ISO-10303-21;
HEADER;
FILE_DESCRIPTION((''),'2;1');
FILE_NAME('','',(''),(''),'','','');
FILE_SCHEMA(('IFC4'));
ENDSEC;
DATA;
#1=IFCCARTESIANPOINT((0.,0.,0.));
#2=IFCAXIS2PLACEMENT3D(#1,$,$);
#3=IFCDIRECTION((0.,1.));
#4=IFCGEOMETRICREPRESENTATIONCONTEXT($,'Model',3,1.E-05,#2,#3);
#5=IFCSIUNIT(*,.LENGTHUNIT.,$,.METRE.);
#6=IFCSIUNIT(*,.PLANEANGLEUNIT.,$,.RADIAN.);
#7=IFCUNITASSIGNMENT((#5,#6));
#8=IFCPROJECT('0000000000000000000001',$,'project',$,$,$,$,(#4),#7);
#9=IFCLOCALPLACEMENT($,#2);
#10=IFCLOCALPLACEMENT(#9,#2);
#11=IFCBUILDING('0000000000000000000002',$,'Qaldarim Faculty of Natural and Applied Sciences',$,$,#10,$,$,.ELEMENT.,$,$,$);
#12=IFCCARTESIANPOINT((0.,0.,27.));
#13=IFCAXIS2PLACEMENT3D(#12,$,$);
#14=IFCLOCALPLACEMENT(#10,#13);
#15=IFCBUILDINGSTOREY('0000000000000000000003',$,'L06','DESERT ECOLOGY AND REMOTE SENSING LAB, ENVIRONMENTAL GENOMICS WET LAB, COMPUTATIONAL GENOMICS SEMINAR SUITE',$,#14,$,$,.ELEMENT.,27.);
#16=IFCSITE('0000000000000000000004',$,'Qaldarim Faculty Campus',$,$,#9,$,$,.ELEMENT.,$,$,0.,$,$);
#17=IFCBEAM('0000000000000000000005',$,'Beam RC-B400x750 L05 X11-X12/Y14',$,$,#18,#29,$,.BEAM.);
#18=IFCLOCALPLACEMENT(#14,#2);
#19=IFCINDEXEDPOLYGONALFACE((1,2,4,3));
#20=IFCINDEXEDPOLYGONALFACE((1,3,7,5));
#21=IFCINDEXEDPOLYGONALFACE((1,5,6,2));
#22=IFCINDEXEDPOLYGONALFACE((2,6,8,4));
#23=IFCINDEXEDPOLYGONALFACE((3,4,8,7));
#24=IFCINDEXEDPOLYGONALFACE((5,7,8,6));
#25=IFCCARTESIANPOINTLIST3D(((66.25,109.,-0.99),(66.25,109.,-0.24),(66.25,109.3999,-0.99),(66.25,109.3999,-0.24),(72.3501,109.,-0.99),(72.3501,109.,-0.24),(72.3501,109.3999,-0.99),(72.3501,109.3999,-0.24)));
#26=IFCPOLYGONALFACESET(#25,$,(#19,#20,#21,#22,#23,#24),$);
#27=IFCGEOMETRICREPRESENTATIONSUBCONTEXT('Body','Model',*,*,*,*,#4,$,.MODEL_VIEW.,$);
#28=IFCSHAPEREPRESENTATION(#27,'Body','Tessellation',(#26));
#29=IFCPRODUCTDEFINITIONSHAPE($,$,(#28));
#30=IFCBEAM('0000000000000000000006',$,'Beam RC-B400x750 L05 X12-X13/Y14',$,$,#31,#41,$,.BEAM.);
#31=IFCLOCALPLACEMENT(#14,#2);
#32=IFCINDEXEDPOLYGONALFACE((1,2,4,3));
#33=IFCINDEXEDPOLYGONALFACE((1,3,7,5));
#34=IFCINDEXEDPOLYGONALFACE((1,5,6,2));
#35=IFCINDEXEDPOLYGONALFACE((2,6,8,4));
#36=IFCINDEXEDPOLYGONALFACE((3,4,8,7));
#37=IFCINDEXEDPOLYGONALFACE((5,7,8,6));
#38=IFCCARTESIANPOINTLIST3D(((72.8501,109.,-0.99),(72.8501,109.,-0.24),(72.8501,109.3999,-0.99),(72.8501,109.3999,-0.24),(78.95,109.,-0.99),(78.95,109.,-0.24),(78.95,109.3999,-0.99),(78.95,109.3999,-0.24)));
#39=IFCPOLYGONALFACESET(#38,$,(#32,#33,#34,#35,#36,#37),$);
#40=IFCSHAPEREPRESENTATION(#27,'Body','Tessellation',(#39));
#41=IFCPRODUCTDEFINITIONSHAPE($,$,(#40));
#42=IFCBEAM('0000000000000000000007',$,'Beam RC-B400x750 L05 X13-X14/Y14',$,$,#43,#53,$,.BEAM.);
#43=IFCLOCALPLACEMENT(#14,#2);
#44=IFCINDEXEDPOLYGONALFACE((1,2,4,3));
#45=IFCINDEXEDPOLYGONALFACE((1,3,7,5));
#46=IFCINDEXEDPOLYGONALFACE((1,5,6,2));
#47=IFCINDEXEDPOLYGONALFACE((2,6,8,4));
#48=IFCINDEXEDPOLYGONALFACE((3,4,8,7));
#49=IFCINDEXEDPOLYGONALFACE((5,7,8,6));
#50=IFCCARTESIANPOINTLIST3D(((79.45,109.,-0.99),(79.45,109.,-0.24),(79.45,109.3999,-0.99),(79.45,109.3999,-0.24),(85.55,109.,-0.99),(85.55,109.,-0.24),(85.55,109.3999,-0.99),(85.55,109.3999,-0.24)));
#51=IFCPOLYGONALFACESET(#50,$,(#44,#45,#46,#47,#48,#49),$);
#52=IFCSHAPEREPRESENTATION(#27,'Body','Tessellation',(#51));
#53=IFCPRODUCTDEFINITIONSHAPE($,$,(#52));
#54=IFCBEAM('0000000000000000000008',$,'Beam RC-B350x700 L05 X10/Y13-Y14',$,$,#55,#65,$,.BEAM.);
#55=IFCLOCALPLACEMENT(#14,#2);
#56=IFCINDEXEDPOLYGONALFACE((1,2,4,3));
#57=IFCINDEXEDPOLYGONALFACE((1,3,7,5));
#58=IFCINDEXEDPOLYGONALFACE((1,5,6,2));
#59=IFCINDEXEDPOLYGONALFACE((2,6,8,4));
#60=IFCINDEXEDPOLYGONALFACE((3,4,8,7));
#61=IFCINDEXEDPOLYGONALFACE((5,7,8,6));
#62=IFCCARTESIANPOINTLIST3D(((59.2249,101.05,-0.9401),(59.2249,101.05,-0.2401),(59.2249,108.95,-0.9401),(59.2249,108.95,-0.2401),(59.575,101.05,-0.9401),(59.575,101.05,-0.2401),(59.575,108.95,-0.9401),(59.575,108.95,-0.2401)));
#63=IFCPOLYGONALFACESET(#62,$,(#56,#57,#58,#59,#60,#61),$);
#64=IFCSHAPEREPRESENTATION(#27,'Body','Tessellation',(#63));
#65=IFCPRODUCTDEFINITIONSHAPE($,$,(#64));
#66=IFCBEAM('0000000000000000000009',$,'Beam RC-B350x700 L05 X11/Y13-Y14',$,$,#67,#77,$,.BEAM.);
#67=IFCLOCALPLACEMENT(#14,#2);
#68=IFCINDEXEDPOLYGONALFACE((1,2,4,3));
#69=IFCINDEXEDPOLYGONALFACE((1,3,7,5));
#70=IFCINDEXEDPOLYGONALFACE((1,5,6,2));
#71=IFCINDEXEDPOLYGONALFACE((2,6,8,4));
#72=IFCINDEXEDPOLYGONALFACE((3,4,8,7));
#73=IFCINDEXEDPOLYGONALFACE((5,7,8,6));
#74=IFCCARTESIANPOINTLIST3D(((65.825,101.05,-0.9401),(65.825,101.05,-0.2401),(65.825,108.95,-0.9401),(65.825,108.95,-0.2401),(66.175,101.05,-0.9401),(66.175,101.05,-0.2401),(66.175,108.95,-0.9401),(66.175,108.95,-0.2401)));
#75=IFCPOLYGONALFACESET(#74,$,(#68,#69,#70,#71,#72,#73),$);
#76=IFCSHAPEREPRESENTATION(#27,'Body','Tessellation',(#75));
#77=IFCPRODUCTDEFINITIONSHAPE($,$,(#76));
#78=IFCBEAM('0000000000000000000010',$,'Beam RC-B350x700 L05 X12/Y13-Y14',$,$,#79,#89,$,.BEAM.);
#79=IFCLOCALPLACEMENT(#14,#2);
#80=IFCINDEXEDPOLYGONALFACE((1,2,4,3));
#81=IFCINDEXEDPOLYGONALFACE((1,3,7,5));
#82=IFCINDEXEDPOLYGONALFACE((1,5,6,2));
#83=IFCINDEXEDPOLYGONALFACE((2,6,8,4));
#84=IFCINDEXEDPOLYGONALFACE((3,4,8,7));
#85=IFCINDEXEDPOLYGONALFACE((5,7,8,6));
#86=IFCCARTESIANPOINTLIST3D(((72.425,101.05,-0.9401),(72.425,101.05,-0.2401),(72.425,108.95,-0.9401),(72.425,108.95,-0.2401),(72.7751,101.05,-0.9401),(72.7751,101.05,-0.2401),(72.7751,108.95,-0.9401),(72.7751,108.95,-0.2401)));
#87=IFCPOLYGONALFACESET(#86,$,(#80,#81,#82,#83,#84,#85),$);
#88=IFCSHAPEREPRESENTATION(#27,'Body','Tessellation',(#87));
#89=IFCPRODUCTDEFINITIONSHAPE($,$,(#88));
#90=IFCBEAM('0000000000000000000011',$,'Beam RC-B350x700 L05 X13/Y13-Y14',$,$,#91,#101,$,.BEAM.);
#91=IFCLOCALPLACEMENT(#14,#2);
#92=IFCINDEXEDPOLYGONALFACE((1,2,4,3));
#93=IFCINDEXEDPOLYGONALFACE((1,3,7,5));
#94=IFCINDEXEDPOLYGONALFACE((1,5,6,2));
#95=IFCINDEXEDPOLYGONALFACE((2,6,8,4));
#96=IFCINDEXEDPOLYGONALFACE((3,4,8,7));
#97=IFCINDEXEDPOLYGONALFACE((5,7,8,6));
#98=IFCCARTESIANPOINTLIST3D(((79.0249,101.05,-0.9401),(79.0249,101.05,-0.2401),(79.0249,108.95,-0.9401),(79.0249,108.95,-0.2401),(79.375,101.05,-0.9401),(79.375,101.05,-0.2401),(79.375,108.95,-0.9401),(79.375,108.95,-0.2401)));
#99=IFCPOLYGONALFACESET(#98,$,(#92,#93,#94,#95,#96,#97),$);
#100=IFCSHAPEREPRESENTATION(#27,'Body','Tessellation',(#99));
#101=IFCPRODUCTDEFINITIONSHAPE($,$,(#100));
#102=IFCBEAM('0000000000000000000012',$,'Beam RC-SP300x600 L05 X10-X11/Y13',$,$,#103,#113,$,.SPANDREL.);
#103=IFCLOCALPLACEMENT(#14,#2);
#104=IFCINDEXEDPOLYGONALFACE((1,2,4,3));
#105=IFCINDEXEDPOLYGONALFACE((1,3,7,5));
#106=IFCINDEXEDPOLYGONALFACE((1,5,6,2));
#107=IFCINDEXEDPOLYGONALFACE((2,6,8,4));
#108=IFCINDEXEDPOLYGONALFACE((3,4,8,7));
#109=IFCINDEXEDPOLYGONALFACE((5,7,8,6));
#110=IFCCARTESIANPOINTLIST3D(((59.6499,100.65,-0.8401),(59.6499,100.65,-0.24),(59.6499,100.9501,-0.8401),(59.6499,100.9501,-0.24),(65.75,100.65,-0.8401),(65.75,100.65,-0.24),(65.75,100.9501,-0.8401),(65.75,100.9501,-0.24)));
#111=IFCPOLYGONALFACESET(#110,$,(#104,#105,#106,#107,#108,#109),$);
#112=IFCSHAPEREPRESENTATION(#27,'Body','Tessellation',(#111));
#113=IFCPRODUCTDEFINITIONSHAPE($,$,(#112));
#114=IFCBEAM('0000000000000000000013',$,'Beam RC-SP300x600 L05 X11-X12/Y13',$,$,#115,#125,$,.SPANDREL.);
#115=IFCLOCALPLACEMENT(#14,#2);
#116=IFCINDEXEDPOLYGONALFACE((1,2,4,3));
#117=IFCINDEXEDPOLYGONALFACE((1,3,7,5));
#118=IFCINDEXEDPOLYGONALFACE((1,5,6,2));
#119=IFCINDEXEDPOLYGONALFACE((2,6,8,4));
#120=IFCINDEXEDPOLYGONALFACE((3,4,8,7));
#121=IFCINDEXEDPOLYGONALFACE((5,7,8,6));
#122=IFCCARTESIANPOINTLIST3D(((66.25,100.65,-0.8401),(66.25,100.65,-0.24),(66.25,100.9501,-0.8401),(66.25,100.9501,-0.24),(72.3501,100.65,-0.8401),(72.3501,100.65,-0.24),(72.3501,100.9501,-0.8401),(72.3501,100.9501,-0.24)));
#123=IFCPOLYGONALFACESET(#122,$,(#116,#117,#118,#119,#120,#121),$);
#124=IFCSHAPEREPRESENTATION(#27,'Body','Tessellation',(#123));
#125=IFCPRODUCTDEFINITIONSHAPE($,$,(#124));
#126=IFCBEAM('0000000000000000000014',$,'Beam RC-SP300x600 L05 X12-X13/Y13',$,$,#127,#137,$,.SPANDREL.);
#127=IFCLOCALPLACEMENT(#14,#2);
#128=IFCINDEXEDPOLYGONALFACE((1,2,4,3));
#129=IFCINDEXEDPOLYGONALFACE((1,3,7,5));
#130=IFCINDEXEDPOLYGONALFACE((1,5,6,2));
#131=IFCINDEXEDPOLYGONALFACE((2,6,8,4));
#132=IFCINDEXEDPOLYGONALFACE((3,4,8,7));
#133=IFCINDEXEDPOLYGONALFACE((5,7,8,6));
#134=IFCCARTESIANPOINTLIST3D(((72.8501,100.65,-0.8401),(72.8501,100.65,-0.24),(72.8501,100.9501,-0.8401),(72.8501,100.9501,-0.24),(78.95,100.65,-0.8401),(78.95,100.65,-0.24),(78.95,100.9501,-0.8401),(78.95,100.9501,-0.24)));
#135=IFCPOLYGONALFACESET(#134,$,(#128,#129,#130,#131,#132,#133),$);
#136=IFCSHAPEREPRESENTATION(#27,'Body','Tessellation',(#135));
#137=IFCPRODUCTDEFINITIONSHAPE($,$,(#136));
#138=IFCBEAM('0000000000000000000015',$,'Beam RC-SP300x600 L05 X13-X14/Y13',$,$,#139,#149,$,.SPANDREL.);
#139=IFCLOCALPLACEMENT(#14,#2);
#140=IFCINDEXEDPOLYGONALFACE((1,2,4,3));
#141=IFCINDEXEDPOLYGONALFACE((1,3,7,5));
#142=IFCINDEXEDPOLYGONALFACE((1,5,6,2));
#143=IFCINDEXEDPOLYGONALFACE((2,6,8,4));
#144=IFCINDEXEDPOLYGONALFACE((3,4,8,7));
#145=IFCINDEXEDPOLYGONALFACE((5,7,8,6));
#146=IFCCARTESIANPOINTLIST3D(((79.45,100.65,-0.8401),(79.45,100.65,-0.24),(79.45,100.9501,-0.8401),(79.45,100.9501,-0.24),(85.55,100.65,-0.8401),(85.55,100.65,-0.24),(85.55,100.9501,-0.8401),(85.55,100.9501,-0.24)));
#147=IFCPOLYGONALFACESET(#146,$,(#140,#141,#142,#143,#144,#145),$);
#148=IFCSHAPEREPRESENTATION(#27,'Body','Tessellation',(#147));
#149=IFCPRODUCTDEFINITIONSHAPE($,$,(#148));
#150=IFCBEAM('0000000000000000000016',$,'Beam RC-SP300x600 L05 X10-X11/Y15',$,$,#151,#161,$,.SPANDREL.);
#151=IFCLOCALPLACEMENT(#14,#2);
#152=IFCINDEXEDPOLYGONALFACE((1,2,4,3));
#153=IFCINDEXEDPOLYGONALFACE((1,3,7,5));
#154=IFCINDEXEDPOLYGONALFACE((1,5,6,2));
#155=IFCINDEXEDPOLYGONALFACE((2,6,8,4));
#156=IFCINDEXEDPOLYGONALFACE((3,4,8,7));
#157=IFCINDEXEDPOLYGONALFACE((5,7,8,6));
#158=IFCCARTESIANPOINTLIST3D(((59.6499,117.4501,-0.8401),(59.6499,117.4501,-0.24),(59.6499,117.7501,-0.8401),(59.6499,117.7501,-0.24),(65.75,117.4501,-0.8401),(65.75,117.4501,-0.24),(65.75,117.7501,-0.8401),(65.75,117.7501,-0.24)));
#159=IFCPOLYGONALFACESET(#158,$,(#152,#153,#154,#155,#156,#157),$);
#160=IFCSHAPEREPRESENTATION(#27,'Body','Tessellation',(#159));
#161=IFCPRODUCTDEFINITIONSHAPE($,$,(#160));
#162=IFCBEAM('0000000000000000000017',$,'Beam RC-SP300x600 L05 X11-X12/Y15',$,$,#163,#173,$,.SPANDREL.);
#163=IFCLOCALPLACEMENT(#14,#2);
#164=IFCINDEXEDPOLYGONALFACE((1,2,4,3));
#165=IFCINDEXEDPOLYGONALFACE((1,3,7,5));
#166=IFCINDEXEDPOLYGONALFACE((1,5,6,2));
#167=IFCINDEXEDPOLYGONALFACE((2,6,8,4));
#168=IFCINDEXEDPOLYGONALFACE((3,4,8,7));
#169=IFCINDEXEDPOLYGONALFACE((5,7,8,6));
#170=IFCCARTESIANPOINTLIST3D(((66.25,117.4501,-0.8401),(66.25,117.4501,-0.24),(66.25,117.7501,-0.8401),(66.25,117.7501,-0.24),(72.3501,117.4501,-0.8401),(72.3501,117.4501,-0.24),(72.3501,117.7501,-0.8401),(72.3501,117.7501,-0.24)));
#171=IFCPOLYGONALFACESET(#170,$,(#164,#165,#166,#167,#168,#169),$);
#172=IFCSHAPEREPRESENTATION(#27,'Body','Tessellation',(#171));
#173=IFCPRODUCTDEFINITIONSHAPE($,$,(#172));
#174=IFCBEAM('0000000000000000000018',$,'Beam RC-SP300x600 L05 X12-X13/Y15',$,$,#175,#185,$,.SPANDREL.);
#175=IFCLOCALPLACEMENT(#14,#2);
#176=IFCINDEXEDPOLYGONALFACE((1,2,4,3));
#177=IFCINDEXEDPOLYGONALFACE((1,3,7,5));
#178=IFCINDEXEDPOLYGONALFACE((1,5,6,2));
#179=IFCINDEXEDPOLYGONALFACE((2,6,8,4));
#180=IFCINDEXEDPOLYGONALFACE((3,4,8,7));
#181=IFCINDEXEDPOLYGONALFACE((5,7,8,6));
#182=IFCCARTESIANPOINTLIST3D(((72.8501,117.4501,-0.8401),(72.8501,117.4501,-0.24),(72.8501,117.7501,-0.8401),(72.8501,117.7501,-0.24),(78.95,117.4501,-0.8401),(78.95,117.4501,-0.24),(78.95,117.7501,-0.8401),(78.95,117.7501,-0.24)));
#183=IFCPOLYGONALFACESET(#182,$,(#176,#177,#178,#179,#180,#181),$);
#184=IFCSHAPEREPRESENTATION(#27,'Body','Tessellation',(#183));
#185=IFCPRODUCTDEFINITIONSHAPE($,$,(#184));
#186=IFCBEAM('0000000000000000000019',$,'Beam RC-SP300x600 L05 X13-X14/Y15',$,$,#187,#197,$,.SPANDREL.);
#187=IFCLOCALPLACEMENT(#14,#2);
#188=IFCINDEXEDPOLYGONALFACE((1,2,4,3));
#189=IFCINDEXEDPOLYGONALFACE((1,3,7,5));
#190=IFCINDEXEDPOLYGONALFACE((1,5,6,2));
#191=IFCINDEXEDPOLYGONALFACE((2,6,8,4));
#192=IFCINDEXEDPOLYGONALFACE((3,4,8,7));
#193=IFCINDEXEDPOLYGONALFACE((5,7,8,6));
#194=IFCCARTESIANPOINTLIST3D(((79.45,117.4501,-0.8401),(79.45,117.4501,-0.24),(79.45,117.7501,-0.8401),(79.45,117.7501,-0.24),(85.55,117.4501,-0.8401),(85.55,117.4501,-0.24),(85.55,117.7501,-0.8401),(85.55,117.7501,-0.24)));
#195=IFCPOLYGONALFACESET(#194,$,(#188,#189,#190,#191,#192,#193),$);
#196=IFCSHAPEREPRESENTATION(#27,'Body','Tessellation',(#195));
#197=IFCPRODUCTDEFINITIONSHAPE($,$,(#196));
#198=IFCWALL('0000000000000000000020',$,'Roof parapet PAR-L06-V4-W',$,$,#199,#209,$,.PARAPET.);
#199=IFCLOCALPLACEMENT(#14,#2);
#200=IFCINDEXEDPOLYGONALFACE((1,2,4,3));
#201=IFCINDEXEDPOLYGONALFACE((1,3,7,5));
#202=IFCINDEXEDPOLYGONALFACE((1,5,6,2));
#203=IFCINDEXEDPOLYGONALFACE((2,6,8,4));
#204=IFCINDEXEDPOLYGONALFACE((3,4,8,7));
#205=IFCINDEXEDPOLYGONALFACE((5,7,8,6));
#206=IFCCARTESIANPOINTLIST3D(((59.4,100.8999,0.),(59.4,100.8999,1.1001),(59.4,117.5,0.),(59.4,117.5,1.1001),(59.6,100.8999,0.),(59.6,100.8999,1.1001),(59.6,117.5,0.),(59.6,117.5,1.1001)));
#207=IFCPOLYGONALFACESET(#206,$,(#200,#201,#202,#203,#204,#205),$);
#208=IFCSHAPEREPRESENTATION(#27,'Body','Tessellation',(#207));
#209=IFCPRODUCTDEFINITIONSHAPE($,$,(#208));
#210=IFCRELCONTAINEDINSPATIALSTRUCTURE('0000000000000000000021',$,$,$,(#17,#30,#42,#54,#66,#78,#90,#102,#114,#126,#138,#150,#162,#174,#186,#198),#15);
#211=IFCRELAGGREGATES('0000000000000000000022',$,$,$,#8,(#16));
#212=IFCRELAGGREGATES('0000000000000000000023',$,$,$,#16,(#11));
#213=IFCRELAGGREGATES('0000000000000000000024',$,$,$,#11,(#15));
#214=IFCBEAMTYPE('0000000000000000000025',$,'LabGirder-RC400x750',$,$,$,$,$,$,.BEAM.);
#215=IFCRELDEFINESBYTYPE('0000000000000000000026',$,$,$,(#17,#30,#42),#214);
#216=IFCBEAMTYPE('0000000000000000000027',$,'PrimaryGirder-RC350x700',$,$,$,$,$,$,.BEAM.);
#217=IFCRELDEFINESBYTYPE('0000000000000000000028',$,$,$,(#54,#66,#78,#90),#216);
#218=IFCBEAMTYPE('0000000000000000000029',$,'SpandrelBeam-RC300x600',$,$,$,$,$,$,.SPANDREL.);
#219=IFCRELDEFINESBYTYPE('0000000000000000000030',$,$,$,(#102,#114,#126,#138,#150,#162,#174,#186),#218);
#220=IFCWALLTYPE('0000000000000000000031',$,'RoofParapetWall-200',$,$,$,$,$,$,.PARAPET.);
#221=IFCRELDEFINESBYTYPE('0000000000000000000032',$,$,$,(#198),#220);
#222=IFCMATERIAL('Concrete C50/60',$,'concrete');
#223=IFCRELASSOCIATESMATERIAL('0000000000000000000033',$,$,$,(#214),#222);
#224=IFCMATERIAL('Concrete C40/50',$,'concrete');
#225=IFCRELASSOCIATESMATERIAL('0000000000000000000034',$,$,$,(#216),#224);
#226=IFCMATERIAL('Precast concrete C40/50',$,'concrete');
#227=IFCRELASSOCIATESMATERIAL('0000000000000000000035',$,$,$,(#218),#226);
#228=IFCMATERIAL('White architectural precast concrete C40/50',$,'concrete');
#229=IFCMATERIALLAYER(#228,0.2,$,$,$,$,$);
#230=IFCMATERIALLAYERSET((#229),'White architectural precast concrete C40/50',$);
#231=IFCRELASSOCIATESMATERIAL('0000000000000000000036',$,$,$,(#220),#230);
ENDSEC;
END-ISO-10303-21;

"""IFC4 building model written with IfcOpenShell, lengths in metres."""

from ifc_helpers import new_model, si_unit, direction, frame, frame_2d, origin, origin_2d, place, context, subcontext, project, spatial, rectangle, extrude, material, layer, layer_set, material_profile, profile_set, type_object, element, save


model = new_model("IFC4")

# Units and contexts
model_context = context("Model", 3, precision=1e-05, world=origin(), true_north=direction((0.0, 1.0)))
body_context = subcontext(model_context, "Body", "Model", "MODEL_VIEW")
ifc_project = project(units=[si_unit("LENGTHUNIT", "METRE"), si_unit("PLANEANGLEUNIT", "RADIAN")], contexts=[model_context])

# Site, building, storey
site_placement = place(None, origin())
site = spatial("IfcSite", under=ifc_project, at=site_placement, Name="Qaldarim Faculty Campus", CompositionType="ELEMENT", RefElevation=0.0)
building_placement = place(site_placement, origin())
building = spatial("IfcBuilding", under=site, at=building_placement, Name="Qaldarim Faculty of Natural and Applied Sciences", CompositionType="ELEMENT")
storey_placement = place(building_placement, frame((0.0, 0.0, 27.0)))
storey = spatial("IfcBuildingStorey", under=building, at=storey_placement, Name="L06", Description="DESERT ECOLOGY AND REMOTE SENSING LAB, ENVIRONMENTAL GENOMICS WET LAB, COMPUTATIONAL GENOMICS SEMINAR SUITE", CompositionType="ELEMENT", Elevation=27.0)

# Beams
ifc_material_1 = material(Name="Concrete C40/50", Category="concrete")
ifc_material_2 = material(Name="Concrete C50/60", Category="concrete")
ifc_material_profile_1 = material_profile(ifc_material_2, rectangle(XDim=0.3999, YDim=0.75, at=origin_2d()), Name="RC-B400x750")
ifc_profile_set_1 = profile_set([ifc_material_profile_1], Name="Concrete C50/60")
beam_type_1 = type_object("IfcBeamType", Name="LabGirder-RC400x750", PredefinedType="BEAM", material=ifc_profile_set_1)
for number, where, z_axis, x_axis, name in (
    (1, (66.25, 109.2, -0.615), (1.0, 0.0, 0.0), (0.0, 1.0, 0.0), "Beam RC-B400x750 L05 X11-X12/Y14"),
):
    element("IfcBeam", number, at=place(storey_placement, frame(where, z_axis=z_axis, x_axis=x_axis)), inside=storey, type_object=beam_type_1, Name=name, PredefinedType="BEAM", context=body_context, shape_type="SweptSolid", body=[
        extrude(rectangle(XDim=0.3999, YDim=0.75, at=origin_2d()), origin(), (0.0, 0.0, 1.0), 6.1001),
    ])
beam_1_placement = place(storey_placement, frame((72.8501, 109.2, -0.615), z_axis=(1.0, 0.0, 0.0), x_axis=(0.0, 1.0, 0.0)))
element("IfcBeam", 2, at=beam_1_placement, inside=storey, type_object=beam_type_1, Name="Beam RC-B400x750 L05 X12-X13/Y14", PredefinedType="BEAM", context=body_context, shape_type="SweptSolid", body=[
    extrude(rectangle(XDim=0.3999, YDim=0.75, at=origin_2d()), origin(), (0.0, 0.0, 1.0), 6.0999),
])
beam_2_placement = place(storey_placement, frame((79.45, 109.2, -0.615), z_axis=(1.0, 0.0, 0.0), x_axis=(0.0, 1.0, 0.0)))
element("IfcBeam", 3, at=beam_2_placement, inside=storey, type_object=beam_type_1, Name="Beam RC-B400x750 L05 X13-X14/Y14", PredefinedType="BEAM", context=body_context, shape_type="SweptSolid", body=[
    extrude(rectangle(XDim=0.3999, YDim=0.75, at=origin_2d()), origin(), (0.0, 0.0, 1.0), 6.1001),
])
ifc_material_profile_2 = material_profile(ifc_material_1, rectangle(XDim=0.3501, YDim=0.7, at=origin_2d()), Name="RC-B350x700")
ifc_profile_set_2 = profile_set([ifc_material_profile_2], Name="Concrete C40/50")
beam_type_2 = type_object("IfcBeamType", Name="PrimaryGirder-RC350x700", PredefinedType="BEAM", material=ifc_profile_set_2)
for number, where, z_axis, x_axis, name in (
    (4, (59.3999, 101.05, -0.5901), (0.0, 1.0, 0.0), (-1.0, 0.0, 0.0), "Beam RC-B350x700 L05 X10/Y13-Y14"),
    (5, (66.0, 101.05, -0.5901), (0.0, 1.0, 0.0), (-1.0, 0.0, 0.0), "Beam RC-B350x700 L05 X11/Y13-Y14"),
    (6, (72.6001, 101.05, -0.5901), (0.0, 1.0, 0.0), (-1.0, 0.0, 0.0), "Beam RC-B350x700 L05 X12/Y13-Y14"),
    (7, (79.2, 101.05, -0.5901), (0.0, 1.0, 0.0), (-1.0, 0.0, 0.0), "Beam RC-B350x700 L05 X13/Y13-Y14"),
):
    element("IfcBeam", number, at=place(storey_placement, frame(where, z_axis=z_axis, x_axis=x_axis)), inside=storey, type_object=beam_type_2, Name=name, PredefinedType="BEAM", context=body_context, shape_type="SweptSolid", body=[
        extrude(rectangle(XDim=0.3501, YDim=0.7, at=origin_2d()), origin(), (0.0, 0.0, 1.0), 7.8999),
    ])
ifc_material_3 = material(Name="Precast concrete C40/50", Category="concrete")
ifc_material_profile_3 = material_profile(ifc_material_3, rectangle(XDim=0.3, YDim=0.6001, at=origin_2d()), Name="RC-SP300x600")
ifc_profile_set_3 = profile_set([ifc_material_profile_3], Name="Precast concrete C40/50")
beam_type_3 = type_object("IfcBeamType", Name="SpandrelBeam-RC300x600", PredefinedType="SPANDREL", material=ifc_profile_set_3)
for number, where, z_axis, x_axis, name in (
    (8, (59.6499, 100.8, -0.54), (1.0, 0.0, 0.0), (0.0, 1.0, 0.0), "Beam RC-SP300x600 L05 X10-X11/Y13"),
    (9, (66.25, 100.8, -0.54), (1.0, 0.0, 0.0), (0.0, 1.0, 0.0), "Beam RC-SP300x600 L05 X11-X12/Y13"),
):
    element("IfcBeam", number, at=place(storey_placement, frame(where, z_axis=z_axis, x_axis=x_axis)), inside=storey, type_object=beam_type_3, Name=name, PredefinedType="SPANDREL", context=body_context, shape_type="SweptSolid", body=[
        extrude(rectangle(XDim=0.3, YDim=0.6001, at=origin_2d()), origin(), (0.0, 0.0, 1.0), 6.1001),
    ])
beam_3_placement = place(storey_placement, frame((72.8501, 100.8, -0.54), z_axis=(1.0, 0.0, 0.0), x_axis=(0.0, 1.0, 0.0)))
element("IfcBeam", 10, at=beam_3_placement, inside=storey, type_object=beam_type_3, Name="Beam RC-SP300x600 L05 X12-X13/Y13", PredefinedType="SPANDREL", context=body_context, shape_type="SweptSolid", body=[
    extrude(rectangle(XDim=0.3, YDim=0.6001, at=origin_2d()), origin(), (0.0, 0.0, 1.0), 6.0999),
])
for number, where, z_axis, x_axis, name in (
    (11, (79.45, 100.8, -0.54), (1.0, 0.0, 0.0), (0.0, 1.0, 0.0), "Beam RC-SP300x600 L05 X13-X14/Y13"),
    (12, (59.6499, 117.6001, -0.54), (1.0, 0.0, 0.0), (0.0, 1.0, 0.0), "Beam RC-SP300x600 L05 X10-X11/Y15"),
    (13, (66.25, 117.6001, -0.54), (1.0, 0.0, 0.0), (0.0, 1.0, 0.0), "Beam RC-SP300x600 L05 X11-X12/Y15"),
):
    element("IfcBeam", number, at=place(storey_placement, frame(where, z_axis=z_axis, x_axis=x_axis)), inside=storey, type_object=beam_type_3, Name=name, PredefinedType="SPANDREL", context=body_context, shape_type="SweptSolid", body=[
        extrude(rectangle(XDim=0.3, YDim=0.6001, at=origin_2d()), origin(), (0.0, 0.0, 1.0), 6.1001),
    ])
beam_4_placement = place(storey_placement, frame((72.8501, 117.6001, -0.54), z_axis=(1.0, 0.0, 0.0), x_axis=(0.0, 1.0, 0.0)))
element("IfcBeam", 14, at=beam_4_placement, inside=storey, type_object=beam_type_3, Name="Beam RC-SP300x600 L05 X12-X13/Y15", PredefinedType="SPANDREL", context=body_context, shape_type="SweptSolid", body=[
    extrude(rectangle(XDim=0.3, YDim=0.6001, at=origin_2d()), origin(), (0.0, 0.0, 1.0), 6.0999),
])
beam_5_placement = place(storey_placement, frame((79.45, 117.6001, -0.54), z_axis=(1.0, 0.0, 0.0), x_axis=(0.0, 1.0, 0.0)))
element("IfcBeam", 15, at=beam_5_placement, inside=storey, type_object=beam_type_3, Name="Beam RC-SP300x600 L05 X13-X14/Y15", PredefinedType="SPANDREL", context=body_context, shape_type="SweptSolid", body=[
    extrude(rectangle(XDim=0.3, YDim=0.6001, at=origin_2d()), origin(), (0.0, 0.0, 1.0), 6.1001),
])

# Wall
ifc_material_4 = material(Name="White architectural precast concrete C40/50", Category="concrete")
ifc_layer_1 = layer(ifc_material_4, 0.2)
ifc_layer_set_1 = layer_set([ifc_layer_1], Name="White architectural precast concrete C40/50")
wall_type_1 = type_object("IfcWallType", Name="RoofParapetWall-200", PredefinedType="PARAPET", material=ifc_layer_set_1)
wall_1_placement = place(storey_placement, frame((59.5, 117.5, 0.0), z_axis=(0.0, 0.0, 1.0), x_axis=(0.0, -1.0, 0.0)))
element("IfcWall", 16, at=wall_1_placement, inside=storey, type_object=wall_type_1, Name="Roof parapet PAR-L06-V4-W", PredefinedType="PARAPET", context=body_context, shape_type="SweptSolid", body=[
    extrude(rectangle(XDim=16.6001, YDim=0.2, at=frame_2d((8.3, 0.0))), origin(), (0.0, 0.0, 1.0), 1.1001),
])

save(model, "model.ifc")
